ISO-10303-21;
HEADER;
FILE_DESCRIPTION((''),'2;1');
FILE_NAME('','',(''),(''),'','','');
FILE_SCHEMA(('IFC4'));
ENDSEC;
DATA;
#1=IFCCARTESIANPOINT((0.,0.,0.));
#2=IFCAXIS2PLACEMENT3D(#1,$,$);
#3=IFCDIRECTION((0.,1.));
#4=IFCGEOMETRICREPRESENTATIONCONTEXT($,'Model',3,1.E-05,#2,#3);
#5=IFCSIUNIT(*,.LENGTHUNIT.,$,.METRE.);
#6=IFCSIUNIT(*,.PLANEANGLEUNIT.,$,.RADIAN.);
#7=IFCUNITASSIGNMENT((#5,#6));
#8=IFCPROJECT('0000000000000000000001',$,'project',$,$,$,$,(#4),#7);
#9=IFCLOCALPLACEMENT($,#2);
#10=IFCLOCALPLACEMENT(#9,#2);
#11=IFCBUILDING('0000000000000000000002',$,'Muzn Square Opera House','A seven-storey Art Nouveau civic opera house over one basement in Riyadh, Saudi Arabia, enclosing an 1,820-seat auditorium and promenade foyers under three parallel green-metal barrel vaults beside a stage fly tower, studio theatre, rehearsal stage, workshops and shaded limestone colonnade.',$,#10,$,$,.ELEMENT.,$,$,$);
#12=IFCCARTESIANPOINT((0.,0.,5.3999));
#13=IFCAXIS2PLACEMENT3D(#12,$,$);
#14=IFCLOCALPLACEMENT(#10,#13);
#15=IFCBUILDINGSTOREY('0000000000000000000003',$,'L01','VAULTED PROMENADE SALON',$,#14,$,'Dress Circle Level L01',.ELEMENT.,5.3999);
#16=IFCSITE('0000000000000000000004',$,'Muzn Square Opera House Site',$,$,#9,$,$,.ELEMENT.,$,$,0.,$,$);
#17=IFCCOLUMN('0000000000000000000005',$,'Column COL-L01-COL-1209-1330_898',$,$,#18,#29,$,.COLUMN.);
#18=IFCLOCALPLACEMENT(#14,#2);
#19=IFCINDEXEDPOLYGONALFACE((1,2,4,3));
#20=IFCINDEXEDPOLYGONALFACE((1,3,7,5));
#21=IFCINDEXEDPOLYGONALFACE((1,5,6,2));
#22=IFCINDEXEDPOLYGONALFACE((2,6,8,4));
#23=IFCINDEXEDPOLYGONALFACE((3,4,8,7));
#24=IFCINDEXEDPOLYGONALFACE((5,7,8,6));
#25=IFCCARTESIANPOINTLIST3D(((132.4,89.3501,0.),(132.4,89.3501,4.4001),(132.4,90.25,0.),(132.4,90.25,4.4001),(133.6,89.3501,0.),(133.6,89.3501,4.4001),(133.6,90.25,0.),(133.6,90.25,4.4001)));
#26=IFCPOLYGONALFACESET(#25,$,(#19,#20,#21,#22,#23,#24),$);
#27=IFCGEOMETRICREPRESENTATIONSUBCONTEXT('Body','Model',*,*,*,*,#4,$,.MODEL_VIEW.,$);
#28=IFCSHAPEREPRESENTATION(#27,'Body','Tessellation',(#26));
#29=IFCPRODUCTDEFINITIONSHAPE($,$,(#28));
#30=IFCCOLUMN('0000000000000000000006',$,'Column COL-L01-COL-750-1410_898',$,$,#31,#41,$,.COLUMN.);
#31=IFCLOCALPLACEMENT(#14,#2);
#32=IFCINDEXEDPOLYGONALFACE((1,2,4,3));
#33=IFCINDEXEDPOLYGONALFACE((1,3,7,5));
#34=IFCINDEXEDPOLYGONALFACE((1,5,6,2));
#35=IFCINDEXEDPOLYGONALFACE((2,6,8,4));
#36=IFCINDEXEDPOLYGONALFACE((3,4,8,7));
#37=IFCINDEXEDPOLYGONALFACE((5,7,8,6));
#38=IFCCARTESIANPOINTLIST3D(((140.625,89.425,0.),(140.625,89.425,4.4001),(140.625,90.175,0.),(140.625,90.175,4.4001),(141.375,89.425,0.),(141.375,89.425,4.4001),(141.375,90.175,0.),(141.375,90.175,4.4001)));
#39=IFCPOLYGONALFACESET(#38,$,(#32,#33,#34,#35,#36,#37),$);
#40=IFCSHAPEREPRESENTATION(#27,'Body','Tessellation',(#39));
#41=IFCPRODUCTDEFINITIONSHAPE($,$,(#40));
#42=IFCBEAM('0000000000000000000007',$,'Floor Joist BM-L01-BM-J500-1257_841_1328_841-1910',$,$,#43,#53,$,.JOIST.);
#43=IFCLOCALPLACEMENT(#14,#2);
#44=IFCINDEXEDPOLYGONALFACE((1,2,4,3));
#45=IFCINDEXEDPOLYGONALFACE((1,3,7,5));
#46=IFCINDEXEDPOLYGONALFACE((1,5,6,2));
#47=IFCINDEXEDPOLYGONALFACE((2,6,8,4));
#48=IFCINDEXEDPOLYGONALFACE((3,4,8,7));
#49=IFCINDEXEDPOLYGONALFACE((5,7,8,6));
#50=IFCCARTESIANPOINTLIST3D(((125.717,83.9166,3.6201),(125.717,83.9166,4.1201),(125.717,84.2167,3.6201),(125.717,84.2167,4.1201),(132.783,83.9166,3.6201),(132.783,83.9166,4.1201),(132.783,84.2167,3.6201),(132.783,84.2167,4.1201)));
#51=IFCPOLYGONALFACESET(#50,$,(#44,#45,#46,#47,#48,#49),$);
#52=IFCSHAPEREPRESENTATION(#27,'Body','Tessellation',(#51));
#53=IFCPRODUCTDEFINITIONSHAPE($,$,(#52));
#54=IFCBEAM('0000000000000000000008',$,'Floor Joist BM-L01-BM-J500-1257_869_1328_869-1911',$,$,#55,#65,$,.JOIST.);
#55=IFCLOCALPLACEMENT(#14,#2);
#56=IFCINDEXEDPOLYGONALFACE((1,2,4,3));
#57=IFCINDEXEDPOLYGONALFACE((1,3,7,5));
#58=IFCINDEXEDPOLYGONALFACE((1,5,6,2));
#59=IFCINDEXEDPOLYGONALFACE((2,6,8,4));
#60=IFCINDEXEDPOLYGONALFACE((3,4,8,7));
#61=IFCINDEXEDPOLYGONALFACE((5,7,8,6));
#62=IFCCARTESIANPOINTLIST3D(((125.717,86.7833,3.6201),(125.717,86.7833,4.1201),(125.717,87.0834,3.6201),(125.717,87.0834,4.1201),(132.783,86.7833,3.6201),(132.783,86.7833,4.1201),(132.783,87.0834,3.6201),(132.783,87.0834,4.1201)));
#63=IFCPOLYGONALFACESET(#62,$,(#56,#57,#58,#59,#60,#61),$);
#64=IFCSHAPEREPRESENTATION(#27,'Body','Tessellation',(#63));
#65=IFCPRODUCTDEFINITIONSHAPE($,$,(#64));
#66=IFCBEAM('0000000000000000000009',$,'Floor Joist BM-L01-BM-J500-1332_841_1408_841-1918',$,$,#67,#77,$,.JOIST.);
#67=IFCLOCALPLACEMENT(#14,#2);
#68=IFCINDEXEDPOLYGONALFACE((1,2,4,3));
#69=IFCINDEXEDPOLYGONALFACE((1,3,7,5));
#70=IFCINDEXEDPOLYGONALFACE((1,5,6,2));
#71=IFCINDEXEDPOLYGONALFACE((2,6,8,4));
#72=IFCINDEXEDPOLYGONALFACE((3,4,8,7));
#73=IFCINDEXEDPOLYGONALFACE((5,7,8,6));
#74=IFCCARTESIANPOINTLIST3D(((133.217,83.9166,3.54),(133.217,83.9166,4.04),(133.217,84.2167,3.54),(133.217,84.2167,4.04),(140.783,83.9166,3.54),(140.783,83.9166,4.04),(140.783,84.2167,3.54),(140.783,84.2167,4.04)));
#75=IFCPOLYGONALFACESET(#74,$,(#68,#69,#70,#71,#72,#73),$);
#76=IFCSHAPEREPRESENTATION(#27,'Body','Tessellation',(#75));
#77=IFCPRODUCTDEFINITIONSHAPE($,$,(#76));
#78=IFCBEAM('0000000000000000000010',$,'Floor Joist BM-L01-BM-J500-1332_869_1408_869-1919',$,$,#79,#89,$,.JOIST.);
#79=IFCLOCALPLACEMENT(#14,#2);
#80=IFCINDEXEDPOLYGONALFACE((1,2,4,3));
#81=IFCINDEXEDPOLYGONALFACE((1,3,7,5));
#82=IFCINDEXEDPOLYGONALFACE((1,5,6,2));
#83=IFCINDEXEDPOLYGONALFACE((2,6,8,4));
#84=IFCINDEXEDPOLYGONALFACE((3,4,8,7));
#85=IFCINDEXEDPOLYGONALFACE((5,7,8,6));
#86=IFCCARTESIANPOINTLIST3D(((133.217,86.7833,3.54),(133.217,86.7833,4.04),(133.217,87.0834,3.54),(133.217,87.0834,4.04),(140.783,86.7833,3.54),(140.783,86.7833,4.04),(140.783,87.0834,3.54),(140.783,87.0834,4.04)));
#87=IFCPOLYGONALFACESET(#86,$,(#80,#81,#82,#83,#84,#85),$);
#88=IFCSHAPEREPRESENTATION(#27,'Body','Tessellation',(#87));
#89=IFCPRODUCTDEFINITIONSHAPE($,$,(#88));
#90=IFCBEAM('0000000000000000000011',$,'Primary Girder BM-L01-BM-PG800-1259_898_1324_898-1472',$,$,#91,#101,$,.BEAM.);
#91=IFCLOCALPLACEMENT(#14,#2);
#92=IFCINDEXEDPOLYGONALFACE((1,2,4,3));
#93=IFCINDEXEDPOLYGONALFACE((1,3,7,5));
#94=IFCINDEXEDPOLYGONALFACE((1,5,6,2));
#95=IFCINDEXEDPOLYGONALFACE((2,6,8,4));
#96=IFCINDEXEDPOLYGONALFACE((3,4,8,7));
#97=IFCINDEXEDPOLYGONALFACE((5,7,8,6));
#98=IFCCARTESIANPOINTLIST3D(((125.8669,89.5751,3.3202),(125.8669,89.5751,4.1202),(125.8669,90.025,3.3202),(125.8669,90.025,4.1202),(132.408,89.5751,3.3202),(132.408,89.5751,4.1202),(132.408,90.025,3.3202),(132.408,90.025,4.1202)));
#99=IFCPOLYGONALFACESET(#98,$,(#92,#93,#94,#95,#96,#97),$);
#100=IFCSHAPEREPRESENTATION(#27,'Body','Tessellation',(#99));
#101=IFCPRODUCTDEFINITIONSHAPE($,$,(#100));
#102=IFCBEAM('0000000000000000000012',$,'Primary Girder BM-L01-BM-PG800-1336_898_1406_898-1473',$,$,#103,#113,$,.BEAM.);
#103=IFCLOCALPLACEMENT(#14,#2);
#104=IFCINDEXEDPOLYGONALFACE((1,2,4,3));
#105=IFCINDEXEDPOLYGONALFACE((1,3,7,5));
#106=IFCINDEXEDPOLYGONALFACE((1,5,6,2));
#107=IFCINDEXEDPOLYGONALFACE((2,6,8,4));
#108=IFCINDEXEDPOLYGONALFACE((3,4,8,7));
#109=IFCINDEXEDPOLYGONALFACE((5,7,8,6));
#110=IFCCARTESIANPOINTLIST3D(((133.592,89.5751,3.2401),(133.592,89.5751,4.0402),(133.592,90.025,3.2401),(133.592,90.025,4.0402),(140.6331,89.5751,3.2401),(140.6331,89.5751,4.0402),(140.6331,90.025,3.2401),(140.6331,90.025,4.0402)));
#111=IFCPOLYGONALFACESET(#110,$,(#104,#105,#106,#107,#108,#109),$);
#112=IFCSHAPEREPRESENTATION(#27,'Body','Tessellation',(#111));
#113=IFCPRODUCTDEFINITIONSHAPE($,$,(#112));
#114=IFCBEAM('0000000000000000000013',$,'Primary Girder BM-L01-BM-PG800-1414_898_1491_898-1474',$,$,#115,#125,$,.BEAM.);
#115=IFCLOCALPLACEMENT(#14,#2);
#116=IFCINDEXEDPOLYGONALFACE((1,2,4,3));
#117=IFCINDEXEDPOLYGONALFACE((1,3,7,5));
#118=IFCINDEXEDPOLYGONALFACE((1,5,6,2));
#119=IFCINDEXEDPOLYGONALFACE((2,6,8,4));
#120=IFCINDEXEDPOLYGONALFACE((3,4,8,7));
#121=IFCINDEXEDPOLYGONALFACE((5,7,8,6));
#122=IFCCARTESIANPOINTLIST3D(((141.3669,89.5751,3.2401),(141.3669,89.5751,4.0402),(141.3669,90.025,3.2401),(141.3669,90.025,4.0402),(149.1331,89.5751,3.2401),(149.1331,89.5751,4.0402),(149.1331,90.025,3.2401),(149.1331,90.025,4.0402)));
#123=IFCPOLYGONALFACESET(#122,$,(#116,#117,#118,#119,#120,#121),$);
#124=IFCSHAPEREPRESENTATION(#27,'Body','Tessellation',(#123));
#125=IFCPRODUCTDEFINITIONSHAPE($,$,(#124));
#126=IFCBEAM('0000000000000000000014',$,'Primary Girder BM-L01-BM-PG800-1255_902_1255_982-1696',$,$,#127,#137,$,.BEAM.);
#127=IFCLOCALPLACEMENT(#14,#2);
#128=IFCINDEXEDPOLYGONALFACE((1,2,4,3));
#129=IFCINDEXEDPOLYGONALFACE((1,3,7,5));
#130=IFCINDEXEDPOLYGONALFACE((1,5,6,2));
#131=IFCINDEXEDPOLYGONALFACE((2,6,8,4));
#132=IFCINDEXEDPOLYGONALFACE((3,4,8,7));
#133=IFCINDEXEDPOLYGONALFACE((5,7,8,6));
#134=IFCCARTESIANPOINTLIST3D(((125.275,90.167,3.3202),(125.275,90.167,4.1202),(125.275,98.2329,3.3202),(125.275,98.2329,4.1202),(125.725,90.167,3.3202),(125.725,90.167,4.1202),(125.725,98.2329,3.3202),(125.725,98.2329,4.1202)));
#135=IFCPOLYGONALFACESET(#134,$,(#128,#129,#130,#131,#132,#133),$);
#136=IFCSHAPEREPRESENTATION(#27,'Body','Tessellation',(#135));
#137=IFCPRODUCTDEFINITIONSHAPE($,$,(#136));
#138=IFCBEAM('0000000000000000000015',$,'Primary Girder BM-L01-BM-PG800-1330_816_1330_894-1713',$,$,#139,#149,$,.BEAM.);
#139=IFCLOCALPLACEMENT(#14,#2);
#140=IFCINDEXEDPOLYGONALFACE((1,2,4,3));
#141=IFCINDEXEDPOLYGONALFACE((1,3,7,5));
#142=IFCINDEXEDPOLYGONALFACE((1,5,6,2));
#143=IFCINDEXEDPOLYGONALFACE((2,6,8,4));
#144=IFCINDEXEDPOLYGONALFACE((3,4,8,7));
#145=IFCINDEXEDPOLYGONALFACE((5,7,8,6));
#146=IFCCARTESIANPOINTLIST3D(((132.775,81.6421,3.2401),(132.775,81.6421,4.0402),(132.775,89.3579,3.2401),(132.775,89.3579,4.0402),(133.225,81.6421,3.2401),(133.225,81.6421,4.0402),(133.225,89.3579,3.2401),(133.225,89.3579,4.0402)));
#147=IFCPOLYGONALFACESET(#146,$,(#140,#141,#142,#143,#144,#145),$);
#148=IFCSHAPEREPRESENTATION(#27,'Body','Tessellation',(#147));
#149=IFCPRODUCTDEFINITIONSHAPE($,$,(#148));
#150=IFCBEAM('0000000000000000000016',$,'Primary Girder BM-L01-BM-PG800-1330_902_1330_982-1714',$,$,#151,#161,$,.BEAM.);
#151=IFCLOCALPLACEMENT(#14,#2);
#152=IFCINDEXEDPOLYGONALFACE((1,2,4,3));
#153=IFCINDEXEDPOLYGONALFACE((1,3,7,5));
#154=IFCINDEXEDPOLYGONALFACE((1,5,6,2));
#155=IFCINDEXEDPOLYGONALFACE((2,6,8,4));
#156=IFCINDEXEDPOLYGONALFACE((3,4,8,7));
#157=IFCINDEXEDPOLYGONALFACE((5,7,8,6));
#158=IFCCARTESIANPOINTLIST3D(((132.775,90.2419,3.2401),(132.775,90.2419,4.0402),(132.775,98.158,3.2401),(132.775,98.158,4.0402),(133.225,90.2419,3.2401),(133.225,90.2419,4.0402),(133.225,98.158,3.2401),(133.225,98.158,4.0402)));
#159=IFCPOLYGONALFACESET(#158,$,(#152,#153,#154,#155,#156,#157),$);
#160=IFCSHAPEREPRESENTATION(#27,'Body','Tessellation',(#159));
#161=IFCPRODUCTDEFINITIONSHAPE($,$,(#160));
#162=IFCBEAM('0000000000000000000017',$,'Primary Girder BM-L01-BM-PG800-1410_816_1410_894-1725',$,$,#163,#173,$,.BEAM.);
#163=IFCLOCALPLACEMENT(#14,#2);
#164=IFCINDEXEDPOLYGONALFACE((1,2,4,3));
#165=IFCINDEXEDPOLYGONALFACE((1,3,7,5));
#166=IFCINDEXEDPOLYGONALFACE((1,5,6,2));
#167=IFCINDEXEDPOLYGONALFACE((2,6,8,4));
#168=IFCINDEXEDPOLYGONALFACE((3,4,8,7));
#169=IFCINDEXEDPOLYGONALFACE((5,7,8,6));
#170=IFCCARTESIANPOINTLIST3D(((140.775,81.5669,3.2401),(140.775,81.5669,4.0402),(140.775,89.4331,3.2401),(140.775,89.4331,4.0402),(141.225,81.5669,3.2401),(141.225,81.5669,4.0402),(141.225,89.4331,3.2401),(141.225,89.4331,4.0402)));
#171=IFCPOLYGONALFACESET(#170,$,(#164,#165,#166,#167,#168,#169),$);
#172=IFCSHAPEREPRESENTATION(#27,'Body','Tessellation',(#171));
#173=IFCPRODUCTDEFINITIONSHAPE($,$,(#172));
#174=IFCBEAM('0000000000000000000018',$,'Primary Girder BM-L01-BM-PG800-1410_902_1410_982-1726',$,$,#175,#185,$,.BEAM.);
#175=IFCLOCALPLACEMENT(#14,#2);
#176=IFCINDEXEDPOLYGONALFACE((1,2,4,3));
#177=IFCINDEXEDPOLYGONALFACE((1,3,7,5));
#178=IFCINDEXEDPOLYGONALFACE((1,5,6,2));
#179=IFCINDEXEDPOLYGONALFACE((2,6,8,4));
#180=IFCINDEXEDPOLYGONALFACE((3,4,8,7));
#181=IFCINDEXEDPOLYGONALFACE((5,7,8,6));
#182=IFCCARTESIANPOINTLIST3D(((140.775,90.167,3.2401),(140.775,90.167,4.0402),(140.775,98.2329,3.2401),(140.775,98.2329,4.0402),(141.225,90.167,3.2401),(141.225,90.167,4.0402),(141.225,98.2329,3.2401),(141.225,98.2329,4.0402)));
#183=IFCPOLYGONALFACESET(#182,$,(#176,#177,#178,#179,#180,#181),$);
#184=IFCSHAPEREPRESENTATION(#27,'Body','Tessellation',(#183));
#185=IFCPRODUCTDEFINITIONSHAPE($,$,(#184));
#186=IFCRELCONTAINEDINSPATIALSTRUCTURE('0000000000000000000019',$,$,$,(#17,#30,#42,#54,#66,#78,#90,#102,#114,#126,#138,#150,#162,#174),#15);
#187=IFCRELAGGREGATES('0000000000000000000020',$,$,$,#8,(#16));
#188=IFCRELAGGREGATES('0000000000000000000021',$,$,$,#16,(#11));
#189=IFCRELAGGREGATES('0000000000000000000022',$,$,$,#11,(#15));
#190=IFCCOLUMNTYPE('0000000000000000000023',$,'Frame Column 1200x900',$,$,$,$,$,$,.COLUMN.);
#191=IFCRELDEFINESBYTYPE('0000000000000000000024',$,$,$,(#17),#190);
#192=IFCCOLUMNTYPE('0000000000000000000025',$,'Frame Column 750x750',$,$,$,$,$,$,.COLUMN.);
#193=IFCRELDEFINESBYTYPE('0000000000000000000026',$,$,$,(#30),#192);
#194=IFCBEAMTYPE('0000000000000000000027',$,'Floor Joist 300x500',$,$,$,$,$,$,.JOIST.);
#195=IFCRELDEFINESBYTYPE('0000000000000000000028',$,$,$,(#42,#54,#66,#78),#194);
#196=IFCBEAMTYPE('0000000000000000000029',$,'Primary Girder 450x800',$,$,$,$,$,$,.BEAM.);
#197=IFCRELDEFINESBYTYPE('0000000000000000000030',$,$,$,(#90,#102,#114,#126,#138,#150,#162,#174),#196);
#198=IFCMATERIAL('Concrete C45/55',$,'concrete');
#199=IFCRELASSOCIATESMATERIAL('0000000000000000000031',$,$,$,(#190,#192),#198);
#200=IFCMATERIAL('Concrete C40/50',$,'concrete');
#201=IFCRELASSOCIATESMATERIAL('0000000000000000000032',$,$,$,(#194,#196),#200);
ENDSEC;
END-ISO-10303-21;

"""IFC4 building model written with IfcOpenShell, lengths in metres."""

from ifc_helpers import new_model, si_unit, direction, frame, origin, origin_2d, place, context, subcontext, project, spatial, rectangle, extrude, material, material_profile, profile_set, type_object, element, save


model = new_model("IFC4")

# Units and contexts
model_context = context("Model", 3, precision=1e-05, world=origin(), true_north=direction((0.0, 1.0)))
body_context = subcontext(model_context, "Body", "Model", "MODEL_VIEW")
ifc_project = project(units=[si_unit("LENGTHUNIT", "METRE"), si_unit("PLANEANGLEUNIT", "RADIAN")], contexts=[model_context])

# Site, building, storey
site_placement = place(None, origin())
site = spatial("IfcSite", under=ifc_project, at=site_placement, Name="Muzn Square Opera House Site", CompositionType="ELEMENT", RefElevation=0.0)
building_placement = place(site_placement, origin())
building = spatial("IfcBuilding", under=site, at=building_placement, Name="Muzn Square Opera House", Description="A seven-storey Art Nouveau civic opera house over one basement in Riyadh, Saudi Arabia, enclosing an 1,820-seat auditorium and promenade foyers under three parallel green-metal barrel vaults beside a stage fly tower, studio theatre, rehearsal stage, workshops and shaded limestone colonnade.", CompositionType="ELEMENT")
storey_placement = place(building_placement, frame((0.0, 0.0, 5.3999)))
storey = spatial("IfcBuildingStorey", under=building, at=storey_placement, Name="L01", Description="VAULTED PROMENADE SALON", LongName="Dress Circle Level L01", CompositionType="ELEMENT", Elevation=5.3999)

# Columns
ifc_material_1 = material(Name="Concrete C45/55", Category="concrete")
ifc_material_profile_1 = material_profile(ifc_material_1, rectangle(XDim=1.2, YDim=0.8999, at=origin_2d()), Name="RC 1200x900", Category="concrete")
ifc_profile_set_1 = profile_set([ifc_material_profile_1], Name="Concrete C45/55")
column_type_1 = type_object("IfcColumnType", Name="Frame Column 1200x900", PredefinedType="COLUMN", material=ifc_profile_set_1)
column_1_placement = place(storey_placement, frame((133.0, 89.8, 0.0), z_axis=(0.0, 0.0, 1.0), x_axis=(1.0, 0.0, 0.0)))
element("IfcColumn", 1, at=column_1_placement, inside=storey, type_object=column_type_1, Name="Column COL-L01-COL-1209-1330_898", PredefinedType="COLUMN", context=body_context, shape_type="SweptSolid", body=[
    extrude(rectangle(XDim=1.2, YDim=0.8999, at=origin_2d()), origin(), (0.0, 0.0, 1.0), 4.4001),
])
ifc_material_profile_2 = material_profile(ifc_material_1, rectangle(XDim=0.75, YDim=0.75, at=origin_2d()), Name="RC 750x750", Category="concrete")
ifc_profile_set_2 = profile_set([ifc_material_profile_2], Name="Concrete C45/55")
column_type_2 = type_object("IfcColumnType", Name="Frame Column 750x750", PredefinedType="COLUMN", material=ifc_profile_set_2)
column_2_placement = place(storey_placement, frame((141.0, 89.8, 0.0), z_axis=(0.0, 0.0, 1.0), x_axis=(1.0, 0.0, 0.0)))
element("IfcColumn", 2, at=column_2_placement, inside=storey, type_object=column_type_2, Name="Column COL-L01-COL-750-1410_898", PredefinedType="COLUMN", context=body_context, shape_type="SweptSolid", body=[
    extrude(rectangle(XDim=0.75, YDim=0.75, at=origin_2d()), origin(), (0.0, 0.0, 1.0), 4.4001),
])

# Beams
ifc_material_2 = material(Name="Concrete C40/50", Category="concrete")
ifc_material_profile_3 = material_profile(ifc_material_2, rectangle(XDim=0.3, YDim=0.5, at=origin_2d()), Name="RCJ 300x500", Category="concrete")
ifc_profile_set_3 = profile_set([ifc_material_profile_3], Name="Concrete C40/50")
beam_type_1 = type_object("IfcBeamType", Name="Floor Joist 300x500", PredefinedType="JOIST", material=ifc_profile_set_3)
for number, where, z_axis, x_axis, name in (
    (3, (125.717, 84.0667, 3.8701), (1.0, 0.0, 0.0), (0.0, 1.0, 0.0), "Floor Joist BM-L01-BM-J500-1257_841_1328_841-1910"),
    (4, (125.717, 86.9333, 3.8701), (1.0, 0.0, 0.0), (0.0, 1.0, 0.0), "Floor Joist BM-L01-BM-J500-1257_869_1328_869-1911"),
):
    element("IfcBeam", number, at=place(storey_placement, frame(where, z_axis=z_axis, x_axis=x_axis)), inside=storey, type_object=beam_type_1, Name=name, PredefinedType="JOIST", context=body_context, shape_type="SweptSolid", body=[
        extrude(rectangle(XDim=0.3, YDim=0.5, at=origin_2d()), origin(), (0.0, 0.0, 1.0), 7.0659),
    ])
for number, where, z_axis, x_axis, name in (
    (5, (133.217, 84.0667, 3.79), (1.0, 0.0, 0.0), (0.0, 1.0, 0.0), "Floor Joist BM-L01-BM-J500-1332_841_1408_841-1918"),
    (6, (133.217, 86.9333, 3.79), (1.0, 0.0, 0.0), (0.0, 1.0, 0.0), "Floor Joist BM-L01-BM-J500-1332_869_1408_869-1919"),
):
    element("IfcBeam", number, at=place(storey_placement, frame(where, z_axis=z_axis, x_axis=x_axis)), inside=storey, type_object=beam_type_1, Name=name, PredefinedType="JOIST", context=body_context, shape_type="SweptSolid", body=[
        extrude(rectangle(XDim=0.3, YDim=0.5, at=origin_2d()), origin(), (0.0, 0.0, 1.0), 7.5659),
    ])
ifc_material_profile_4 = material_profile(ifc_material_2, rectangle(XDim=0.45, YDim=0.8, at=origin_2d()), Name="RCB 450x800", Category="concrete")
ifc_profile_set_4 = profile_set([ifc_material_profile_4], Name="Concrete C40/50")
beam_type_2 = type_object("IfcBeamType", Name="Primary Girder 450x800", PredefinedType="BEAM", material=ifc_profile_set_4)
beam_1_placement = place(storey_placement, frame((125.8669, 89.8, 3.7202), z_axis=(1.0, 0.0, 0.0), x_axis=(0.0, 1.0, 0.0)))
element("IfcBeam", 7, at=beam_1_placement, inside=storey, type_object=beam_type_2, Name="Primary Girder BM-L01-BM-PG800-1259_898_1324_898-1472", PredefinedType="BEAM", context=body_context, shape_type="SweptSolid", body=[
    extrude(rectangle(XDim=0.45, YDim=0.8, at=origin_2d()), origin(), (0.0, 0.0, 1.0), 6.541),
])
beam_2_placement = place(storey_placement, frame((133.592, 89.8, 3.6401), z_axis=(1.0, 0.0, 0.0), x_axis=(0.0, 1.0, 0.0)))
element("IfcBeam", 8, at=beam_2_placement, inside=storey, type_object=beam_type_2, Name="Primary Girder BM-L01-BM-PG800-1336_898_1406_898-1473", PredefinedType="BEAM", context=body_context, shape_type="SweptSolid", body=[
    extrude(rectangle(XDim=0.45, YDim=0.8, at=origin_2d()), origin(), (0.0, 0.0, 1.0), 7.041),
])
beam_3_placement = place(storey_placement, frame((141.3669, 89.8, 3.6401), z_axis=(1.0, 0.0, 0.0), x_axis=(0.0, 1.0, 0.0)))
element("IfcBeam", 9, at=beam_3_placement, inside=storey, type_object=beam_type_2, Name="Primary Girder BM-L01-BM-PG800-1414_898_1491_898-1474", PredefinedType="BEAM", context=body_context, shape_type="SweptSolid", body=[
    extrude(rectangle(XDim=0.45, YDim=0.8, at=origin_2d()), origin(), (0.0, 0.0, 1.0), 7.7661),
])
beam_4_placement = place(storey_placement, frame((125.5, 90.167, 3.7202), z_axis=(0.0, 1.0, 0.0), x_axis=(-1.0, 0.0, 0.0)))
element("IfcBeam", 10, at=beam_4_placement, inside=storey, type_object=beam_type_2, Name="Primary Girder BM-L01-BM-PG800-1255_902_1255_982-1696", PredefinedType="BEAM", context=body_context, shape_type="SweptSolid", body=[
    extrude(rectangle(XDim=0.45, YDim=0.8, at=origin_2d()), origin(), (0.0, 0.0, 1.0), 8.0659),
])
beam_5_placement = place(storey_placement, frame((133.0, 81.6421, 3.6401), z_axis=(0.0, 1.0, 0.0), x_axis=(-1.0, 0.0, 0.0)))
element("IfcBeam", 11, at=beam_5_placement, inside=storey, type_object=beam_type_2, Name="Primary Girder BM-L01-BM-PG800-1330_816_1330_894-1713", PredefinedType="BEAM", context=body_context, shape_type="SweptSolid", body=[
    extrude(rectangle(XDim=0.45, YDim=0.8, at=origin_2d()), origin(), (0.0, 0.0, 1.0), 7.7158),
])
beam_6_placement = place(storey_placement, frame((133.0, 90.2419, 3.6401), z_axis=(0.0, 1.0, 0.0), x_axis=(-1.0, 0.0, 0.0)))
element("IfcBeam", 12, at=beam_6_placement, inside=storey, type_object=beam_type_2, Name="Primary Girder BM-L01-BM-PG800-1330_902_1330_982-1714", PredefinedType="BEAM", context=body_context, shape_type="SweptSolid", body=[
    extrude(rectangle(XDim=0.45, YDim=0.8, at=origin_2d()), origin(), (0.0, 0.0, 1.0), 7.916),
])
beam_7_placement = place(storey_placement, frame((141.0, 81.5669, 3.6401), z_axis=(0.0, 1.0, 0.0), x_axis=(-1.0, 0.0, 0.0)))
element("IfcBeam", 13, at=beam_7_placement, inside=storey, type_object=beam_type_2, Name="Primary Girder BM-L01-BM-PG800-1410_816_1410_894-1725", PredefinedType="BEAM", context=body_context, shape_type="SweptSolid", body=[
    extrude(rectangle(XDim=0.45, YDim=0.8, at=origin_2d()), origin(), (0.0, 0.0, 1.0), 7.8662),
])
beam_8_placement = place(storey_placement, frame((141.0, 90.167, 3.6401), z_axis=(0.0, 1.0, 0.0), x_axis=(-1.0, 0.0, 0.0)))
element("IfcBeam", 14, at=beam_8_placement, inside=storey, type_object=beam_type_2, Name="Primary Girder BM-L01-BM-PG800-1410_902_1410_982-1726", PredefinedType="BEAM", context=body_context, shape_type="SweptSolid", body=[
    extrude(rectangle(XDim=0.45, YDim=0.8, at=origin_2d()), origin(), (0.0, 0.0, 1.0), 8.0659),
])

save(model, "model.ifc")
